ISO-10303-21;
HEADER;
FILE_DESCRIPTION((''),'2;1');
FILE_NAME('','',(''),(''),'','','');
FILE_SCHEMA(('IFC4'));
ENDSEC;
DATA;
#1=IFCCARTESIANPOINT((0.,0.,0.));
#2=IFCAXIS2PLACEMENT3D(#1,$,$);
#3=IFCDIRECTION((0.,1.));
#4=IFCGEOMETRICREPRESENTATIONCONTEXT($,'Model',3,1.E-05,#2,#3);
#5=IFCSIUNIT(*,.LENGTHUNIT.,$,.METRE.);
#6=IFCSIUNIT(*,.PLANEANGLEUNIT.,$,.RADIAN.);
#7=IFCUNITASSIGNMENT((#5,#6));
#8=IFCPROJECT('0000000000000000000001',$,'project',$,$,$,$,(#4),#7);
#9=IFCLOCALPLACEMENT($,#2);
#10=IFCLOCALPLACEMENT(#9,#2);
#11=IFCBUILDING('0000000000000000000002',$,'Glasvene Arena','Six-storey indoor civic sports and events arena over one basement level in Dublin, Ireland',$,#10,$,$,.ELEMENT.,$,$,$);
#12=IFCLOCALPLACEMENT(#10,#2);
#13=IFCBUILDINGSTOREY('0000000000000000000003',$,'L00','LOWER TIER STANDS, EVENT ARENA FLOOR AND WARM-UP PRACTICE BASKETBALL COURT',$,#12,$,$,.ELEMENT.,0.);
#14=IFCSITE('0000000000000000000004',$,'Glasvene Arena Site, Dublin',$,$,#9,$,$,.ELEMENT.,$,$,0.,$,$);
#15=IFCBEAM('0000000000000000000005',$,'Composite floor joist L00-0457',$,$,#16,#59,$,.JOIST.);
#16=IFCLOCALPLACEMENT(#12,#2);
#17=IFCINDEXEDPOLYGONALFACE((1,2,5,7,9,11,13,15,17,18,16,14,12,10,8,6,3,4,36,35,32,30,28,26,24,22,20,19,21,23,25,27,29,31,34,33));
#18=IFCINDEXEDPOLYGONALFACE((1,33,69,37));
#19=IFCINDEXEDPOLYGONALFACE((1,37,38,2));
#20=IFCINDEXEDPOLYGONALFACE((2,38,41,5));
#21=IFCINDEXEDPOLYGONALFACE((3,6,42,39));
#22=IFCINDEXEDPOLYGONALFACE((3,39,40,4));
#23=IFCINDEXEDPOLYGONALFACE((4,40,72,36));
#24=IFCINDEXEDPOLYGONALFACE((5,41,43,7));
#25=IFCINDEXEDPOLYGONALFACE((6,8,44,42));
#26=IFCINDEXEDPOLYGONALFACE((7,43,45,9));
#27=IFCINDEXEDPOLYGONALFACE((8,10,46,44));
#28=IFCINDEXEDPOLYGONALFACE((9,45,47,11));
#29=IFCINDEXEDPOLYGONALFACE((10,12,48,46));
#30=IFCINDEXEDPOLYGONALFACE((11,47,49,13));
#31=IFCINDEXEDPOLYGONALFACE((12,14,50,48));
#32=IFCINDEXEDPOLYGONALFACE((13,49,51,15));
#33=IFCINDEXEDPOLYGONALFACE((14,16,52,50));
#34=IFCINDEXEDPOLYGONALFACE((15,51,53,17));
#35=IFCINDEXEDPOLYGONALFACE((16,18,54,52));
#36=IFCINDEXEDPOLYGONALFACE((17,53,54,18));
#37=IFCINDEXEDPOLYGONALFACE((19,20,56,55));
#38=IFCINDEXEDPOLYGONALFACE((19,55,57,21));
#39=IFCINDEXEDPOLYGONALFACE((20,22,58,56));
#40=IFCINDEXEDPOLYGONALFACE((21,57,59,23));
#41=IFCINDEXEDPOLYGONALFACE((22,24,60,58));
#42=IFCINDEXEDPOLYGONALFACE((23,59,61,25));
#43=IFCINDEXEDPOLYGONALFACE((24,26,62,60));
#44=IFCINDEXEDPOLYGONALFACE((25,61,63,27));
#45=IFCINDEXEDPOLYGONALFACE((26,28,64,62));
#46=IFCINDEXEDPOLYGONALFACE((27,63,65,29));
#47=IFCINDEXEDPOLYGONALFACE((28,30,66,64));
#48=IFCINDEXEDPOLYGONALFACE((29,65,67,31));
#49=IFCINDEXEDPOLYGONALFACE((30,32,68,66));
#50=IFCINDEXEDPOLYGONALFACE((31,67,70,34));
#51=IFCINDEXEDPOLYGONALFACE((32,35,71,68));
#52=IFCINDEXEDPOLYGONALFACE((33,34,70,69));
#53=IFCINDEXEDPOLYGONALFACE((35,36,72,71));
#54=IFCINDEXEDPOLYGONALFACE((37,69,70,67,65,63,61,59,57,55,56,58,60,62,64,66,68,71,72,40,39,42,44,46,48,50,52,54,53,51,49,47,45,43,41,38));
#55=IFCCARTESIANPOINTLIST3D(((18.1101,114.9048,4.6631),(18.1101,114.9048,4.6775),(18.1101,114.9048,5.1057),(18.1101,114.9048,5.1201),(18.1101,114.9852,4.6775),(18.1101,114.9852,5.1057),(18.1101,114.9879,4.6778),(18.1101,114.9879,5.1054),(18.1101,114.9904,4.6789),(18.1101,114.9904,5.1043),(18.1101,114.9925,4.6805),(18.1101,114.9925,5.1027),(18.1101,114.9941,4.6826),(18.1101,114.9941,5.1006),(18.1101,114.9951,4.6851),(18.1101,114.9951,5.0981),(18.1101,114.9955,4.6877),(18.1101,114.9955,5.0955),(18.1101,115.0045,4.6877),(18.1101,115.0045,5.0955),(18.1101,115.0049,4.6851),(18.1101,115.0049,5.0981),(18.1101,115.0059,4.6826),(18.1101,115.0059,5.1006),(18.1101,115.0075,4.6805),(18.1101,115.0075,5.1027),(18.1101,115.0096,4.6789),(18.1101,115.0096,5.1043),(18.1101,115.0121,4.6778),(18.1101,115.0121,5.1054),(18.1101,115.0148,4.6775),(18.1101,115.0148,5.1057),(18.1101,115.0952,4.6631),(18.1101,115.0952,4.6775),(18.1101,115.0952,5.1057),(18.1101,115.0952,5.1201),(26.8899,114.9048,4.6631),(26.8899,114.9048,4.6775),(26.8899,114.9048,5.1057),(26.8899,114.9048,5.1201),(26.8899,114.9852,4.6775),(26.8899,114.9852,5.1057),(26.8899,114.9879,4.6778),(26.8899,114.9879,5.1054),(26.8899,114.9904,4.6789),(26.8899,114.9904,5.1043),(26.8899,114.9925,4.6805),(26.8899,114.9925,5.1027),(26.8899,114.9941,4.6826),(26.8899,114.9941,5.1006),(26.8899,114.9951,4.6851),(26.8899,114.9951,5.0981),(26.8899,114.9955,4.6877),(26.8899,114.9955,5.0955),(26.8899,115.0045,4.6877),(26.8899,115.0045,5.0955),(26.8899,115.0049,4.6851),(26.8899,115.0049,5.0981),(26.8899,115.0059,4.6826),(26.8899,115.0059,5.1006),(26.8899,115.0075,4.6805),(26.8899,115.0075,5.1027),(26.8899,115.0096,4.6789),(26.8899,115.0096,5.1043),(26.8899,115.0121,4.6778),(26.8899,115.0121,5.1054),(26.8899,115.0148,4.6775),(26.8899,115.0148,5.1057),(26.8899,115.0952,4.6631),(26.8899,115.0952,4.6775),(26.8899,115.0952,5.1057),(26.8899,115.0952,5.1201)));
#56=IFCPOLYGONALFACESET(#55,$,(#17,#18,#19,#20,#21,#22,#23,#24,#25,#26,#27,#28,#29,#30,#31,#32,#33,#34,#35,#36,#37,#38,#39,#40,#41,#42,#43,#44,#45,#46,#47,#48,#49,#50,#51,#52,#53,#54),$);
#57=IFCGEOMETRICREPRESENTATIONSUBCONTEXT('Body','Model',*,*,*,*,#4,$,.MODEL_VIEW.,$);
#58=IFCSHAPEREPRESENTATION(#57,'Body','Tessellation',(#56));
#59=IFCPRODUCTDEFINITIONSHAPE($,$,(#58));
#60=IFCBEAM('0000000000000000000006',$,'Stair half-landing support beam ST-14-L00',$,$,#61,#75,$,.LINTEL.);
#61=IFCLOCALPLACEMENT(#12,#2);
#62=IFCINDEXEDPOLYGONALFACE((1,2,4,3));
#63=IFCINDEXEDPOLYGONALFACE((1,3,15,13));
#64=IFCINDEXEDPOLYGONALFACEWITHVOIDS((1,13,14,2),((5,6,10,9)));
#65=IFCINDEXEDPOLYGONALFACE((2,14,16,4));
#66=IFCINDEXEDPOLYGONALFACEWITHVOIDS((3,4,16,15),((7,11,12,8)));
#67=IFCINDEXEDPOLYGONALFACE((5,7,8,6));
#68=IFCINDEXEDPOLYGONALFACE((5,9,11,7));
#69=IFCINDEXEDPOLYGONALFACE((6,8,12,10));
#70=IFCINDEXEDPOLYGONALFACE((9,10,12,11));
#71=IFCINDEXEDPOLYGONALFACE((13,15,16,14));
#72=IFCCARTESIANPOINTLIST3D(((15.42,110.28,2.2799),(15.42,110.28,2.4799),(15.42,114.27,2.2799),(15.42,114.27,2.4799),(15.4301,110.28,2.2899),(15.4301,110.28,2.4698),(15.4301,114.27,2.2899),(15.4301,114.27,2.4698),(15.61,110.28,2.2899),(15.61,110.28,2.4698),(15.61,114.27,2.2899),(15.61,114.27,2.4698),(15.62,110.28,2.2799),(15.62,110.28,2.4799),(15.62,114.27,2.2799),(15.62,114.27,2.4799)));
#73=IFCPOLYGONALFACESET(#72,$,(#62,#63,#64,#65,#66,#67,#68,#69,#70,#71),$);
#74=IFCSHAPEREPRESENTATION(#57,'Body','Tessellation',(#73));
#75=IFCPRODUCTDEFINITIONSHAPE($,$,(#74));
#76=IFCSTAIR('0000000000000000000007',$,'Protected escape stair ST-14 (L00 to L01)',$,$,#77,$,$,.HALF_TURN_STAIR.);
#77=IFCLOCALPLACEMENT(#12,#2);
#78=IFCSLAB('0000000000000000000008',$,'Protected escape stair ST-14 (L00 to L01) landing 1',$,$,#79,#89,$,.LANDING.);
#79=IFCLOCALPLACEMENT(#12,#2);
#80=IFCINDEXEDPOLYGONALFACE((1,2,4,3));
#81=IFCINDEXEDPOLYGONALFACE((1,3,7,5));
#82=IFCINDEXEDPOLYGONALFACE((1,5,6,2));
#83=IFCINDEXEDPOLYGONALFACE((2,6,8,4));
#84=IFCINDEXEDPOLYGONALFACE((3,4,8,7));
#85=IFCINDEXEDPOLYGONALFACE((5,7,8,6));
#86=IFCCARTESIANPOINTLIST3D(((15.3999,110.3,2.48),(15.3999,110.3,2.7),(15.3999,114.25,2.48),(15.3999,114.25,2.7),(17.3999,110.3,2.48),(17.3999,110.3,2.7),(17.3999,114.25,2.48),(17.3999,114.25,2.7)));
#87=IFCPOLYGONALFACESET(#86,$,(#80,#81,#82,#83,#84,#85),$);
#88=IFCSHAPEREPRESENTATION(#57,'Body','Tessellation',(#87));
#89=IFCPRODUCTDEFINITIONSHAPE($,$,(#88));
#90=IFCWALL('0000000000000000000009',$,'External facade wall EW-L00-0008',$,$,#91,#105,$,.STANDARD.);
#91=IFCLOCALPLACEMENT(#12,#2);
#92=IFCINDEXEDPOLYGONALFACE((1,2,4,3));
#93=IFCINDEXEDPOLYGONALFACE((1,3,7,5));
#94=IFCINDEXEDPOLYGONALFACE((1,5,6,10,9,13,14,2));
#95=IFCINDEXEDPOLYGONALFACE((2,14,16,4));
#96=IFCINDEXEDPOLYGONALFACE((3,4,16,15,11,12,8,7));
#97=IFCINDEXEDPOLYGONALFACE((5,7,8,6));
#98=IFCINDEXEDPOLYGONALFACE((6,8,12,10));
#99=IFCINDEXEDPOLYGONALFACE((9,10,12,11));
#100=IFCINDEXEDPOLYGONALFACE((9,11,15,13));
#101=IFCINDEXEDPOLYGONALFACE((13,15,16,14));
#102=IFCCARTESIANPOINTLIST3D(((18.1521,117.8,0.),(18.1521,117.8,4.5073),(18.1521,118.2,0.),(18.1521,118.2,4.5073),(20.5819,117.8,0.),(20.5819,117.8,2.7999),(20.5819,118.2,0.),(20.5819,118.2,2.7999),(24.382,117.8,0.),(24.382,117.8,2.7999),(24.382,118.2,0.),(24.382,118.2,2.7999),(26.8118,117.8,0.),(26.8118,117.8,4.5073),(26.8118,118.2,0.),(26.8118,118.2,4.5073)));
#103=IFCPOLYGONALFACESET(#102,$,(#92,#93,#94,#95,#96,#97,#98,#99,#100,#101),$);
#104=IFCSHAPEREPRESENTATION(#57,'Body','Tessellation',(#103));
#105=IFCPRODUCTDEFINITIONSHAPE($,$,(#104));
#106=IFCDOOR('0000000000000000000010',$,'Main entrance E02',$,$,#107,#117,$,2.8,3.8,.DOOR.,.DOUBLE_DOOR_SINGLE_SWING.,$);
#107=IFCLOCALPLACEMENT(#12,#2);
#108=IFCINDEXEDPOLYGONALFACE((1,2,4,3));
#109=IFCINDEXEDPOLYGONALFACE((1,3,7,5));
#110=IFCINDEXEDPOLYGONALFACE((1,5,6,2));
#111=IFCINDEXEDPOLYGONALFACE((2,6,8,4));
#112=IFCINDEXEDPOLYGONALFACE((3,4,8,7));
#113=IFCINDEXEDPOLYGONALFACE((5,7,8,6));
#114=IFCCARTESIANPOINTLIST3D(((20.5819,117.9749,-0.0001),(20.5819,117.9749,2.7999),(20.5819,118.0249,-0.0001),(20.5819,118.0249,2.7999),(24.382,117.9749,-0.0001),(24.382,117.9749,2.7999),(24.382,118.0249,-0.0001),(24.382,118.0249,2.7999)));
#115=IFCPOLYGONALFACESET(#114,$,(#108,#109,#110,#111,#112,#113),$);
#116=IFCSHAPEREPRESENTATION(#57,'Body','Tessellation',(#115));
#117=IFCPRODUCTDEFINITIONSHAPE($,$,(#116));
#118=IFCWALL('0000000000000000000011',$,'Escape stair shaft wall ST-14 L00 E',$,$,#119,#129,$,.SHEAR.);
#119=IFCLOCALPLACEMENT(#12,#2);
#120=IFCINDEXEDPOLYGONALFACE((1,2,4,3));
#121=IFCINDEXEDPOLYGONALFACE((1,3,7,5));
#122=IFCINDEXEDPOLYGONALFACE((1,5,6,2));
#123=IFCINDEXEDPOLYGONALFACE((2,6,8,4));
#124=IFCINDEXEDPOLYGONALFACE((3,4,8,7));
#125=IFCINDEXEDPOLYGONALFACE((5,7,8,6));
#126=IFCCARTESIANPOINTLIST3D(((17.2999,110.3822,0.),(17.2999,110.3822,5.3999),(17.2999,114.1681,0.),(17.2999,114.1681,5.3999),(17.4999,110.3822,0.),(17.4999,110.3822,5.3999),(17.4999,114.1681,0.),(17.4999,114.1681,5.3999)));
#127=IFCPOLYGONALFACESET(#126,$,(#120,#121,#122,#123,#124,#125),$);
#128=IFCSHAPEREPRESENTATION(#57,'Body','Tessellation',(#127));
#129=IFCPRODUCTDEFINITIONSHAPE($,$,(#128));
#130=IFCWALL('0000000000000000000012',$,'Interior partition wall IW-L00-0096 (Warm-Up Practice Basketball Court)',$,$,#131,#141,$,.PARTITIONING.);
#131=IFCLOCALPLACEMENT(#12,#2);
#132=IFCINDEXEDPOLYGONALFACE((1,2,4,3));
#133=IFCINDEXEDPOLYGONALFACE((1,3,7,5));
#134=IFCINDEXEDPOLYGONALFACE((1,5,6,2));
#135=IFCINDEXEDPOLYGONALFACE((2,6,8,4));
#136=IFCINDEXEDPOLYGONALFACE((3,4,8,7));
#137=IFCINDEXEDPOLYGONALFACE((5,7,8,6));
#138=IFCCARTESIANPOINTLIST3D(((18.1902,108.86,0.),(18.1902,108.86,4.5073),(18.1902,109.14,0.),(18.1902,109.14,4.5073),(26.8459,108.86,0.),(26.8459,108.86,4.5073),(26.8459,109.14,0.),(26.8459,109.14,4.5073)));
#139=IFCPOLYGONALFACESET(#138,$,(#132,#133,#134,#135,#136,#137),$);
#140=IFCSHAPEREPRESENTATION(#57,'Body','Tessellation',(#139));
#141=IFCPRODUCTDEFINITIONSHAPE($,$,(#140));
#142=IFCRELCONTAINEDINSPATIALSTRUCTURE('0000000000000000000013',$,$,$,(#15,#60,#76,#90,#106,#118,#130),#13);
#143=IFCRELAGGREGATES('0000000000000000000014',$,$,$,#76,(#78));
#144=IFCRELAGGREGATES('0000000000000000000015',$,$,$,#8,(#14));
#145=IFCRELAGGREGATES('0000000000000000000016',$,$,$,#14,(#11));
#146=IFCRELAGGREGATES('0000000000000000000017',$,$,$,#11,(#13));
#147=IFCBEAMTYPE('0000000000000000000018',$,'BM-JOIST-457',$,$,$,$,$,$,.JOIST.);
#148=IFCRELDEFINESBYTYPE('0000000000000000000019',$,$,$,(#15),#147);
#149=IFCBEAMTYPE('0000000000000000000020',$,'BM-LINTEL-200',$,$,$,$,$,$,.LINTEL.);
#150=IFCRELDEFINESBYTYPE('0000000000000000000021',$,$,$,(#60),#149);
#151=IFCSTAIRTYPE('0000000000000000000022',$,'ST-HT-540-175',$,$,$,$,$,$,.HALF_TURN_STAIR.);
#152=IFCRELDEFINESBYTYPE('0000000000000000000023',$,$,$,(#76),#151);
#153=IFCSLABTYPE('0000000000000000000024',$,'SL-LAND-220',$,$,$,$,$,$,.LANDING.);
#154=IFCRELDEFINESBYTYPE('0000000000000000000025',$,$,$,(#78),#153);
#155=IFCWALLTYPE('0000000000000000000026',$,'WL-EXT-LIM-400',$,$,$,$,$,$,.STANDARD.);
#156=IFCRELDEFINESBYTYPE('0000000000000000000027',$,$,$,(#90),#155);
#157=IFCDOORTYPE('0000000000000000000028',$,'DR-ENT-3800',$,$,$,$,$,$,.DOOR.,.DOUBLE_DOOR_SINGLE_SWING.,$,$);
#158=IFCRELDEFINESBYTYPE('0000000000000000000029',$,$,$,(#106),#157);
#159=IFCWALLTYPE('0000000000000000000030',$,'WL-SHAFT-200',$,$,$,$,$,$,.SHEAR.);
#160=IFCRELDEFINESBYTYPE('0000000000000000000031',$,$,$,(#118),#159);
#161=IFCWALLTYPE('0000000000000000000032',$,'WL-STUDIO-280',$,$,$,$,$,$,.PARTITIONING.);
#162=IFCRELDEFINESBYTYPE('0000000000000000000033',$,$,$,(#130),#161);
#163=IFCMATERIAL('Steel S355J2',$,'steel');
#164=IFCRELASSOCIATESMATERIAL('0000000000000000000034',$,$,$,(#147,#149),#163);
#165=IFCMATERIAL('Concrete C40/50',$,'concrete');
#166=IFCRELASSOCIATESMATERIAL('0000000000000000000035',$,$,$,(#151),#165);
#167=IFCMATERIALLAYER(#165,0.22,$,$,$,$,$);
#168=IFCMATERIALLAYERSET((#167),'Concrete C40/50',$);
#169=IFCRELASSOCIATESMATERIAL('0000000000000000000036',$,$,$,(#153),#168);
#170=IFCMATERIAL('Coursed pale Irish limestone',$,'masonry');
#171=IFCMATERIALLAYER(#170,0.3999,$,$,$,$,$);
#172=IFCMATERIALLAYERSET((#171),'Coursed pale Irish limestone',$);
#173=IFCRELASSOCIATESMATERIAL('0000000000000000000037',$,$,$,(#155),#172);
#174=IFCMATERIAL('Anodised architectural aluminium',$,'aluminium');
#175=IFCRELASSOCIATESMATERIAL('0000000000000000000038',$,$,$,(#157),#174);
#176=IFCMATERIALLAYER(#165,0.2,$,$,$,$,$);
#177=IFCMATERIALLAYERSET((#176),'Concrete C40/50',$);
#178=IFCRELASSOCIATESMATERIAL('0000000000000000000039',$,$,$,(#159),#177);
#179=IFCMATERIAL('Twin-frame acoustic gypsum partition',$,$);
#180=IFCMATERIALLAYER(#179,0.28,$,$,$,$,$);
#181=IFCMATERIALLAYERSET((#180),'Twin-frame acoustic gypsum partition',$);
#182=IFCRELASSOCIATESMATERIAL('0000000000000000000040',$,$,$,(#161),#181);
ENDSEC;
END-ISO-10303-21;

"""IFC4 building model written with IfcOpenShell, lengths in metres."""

from ifc_helpers import new_model, si_unit, direction, frame, frame_2d, origin, origin_2d, place, context, subcontext, project, spatial, polyline, rectangle, hollow_rectangle, i_section, outline, extrude, material, layer, layer_set, material_profile, profile_set, type_object, element, fill, aggregate, save


model = new_model("IFC4")

# Units and contexts
model_context = context("Model", 3, precision=1e-05, world=origin(), true_north=direction((0.0, 1.0)))
body_context = subcontext(model_context, "Body", "Model", "MODEL_VIEW")
ifc_project = project(units=[si_unit("LENGTHUNIT", "METRE"), si_unit("PLANEANGLEUNIT", "RADIAN")], contexts=[model_context])

# Site, building, storey
site_placement = place(None, origin())
site = spatial("IfcSite", under=ifc_project, at=site_placement, Name="Glasvene Arena Site, Dublin", CompositionType="ELEMENT", RefElevation=0.0)
building_placement = place(site_placement, origin())
building = spatial("IfcBuilding", under=site, at=building_placement, Name="Glasvene Arena", Description="Six-storey indoor civic sports and events arena over one basement level in Dublin, Ireland", CompositionType="ELEMENT")
storey_placement = place(building_placement, origin())
storey = spatial("IfcBuildingStorey", under=building, at=storey_placement, Name="L00", Description="LOWER TIER STANDS, EVENT ARENA FLOOR AND WARM-UP PRACTICE BASKETBALL COURT", CompositionType="ELEMENT", Elevation=0.0)

# Shared definitions
ifc_material_1 = material(Name="Steel S355J2", Category="steel")

# Beams
ifc_material_profile_1 = material_profile(ifc_material_1, i_section(OverallWidth=0.1904, OverallDepth=0.457, WebThickness=0.009, FlangeThickness=0.0144, FilletRadius=0.0103, at=origin_2d()), Name="UKB 457x191x74")
ifc_profile_set_1 = profile_set([ifc_material_profile_1], Name="Steel S355J2")
beam_type_1 = type_object("IfcBeamType", Name="BM-JOIST-457", PredefinedType="JOIST", material=ifc_profile_set_1)
for number, where, z_axis, x_axis, name in (
    (1, (18.1101, 115.0, 4.8916), (1.0, 0.0, 0.0), (0.0, 1.0, 0.0), "Composite floor joist L00-0457"),
):
    element("IfcBeam", number, at=place(storey_placement, frame(where, z_axis=z_axis, x_axis=x_axis)), inside=storey, type_object=beam_type_1, Name=name, PredefinedType="JOIST", context=body_context, shape_type="SweptSolid", body=[
        extrude(i_section(OverallWidth=0.1904, OverallDepth=0.457, WebThickness=0.009, FlangeThickness=0.0144, FilletRadius=0.0103, at=origin_2d()), origin(), (0.0, 0.0, 1.0), 8.7798),
    ])
ifc_material_profile_2 = material_profile(ifc_material_1, hollow_rectangle(XDim=0.2, YDim=0.2, WallThickness=0.01, at=origin_2d()), Name="SHS 200x200x10.0")
ifc_profile_set_2 = profile_set([ifc_material_profile_2], Name="Steel S355J2")
beam_type_2 = type_object("IfcBeamType", Name="BM-LINTEL-200", PredefinedType="LINTEL", material=ifc_profile_set_2)
beam_placement = place(storey_placement, frame((15.52, 110.28, 2.3799), z_axis=(0.0, 1.0, 0.0), x_axis=(-1.0, 0.0, 0.0)))
element("IfcBeam", 2, at=beam_placement, inside=storey, type_object=beam_type_2, Name="Stair half-landing support beam ST-14-L00", PredefinedType="LINTEL", context=body_context, shape_type="SweptSolid", body=[
    extrude(hollow_rectangle(XDim=0.2, YDim=0.2, WallThickness=0.01, at=origin_2d()), origin(), (0.0, 0.0, 1.0), 3.99),
])

# Stair, slab
ifc_material_2 = material(Name="Concrete C40/50", Category="concrete")
stair_type = type_object("IfcStairType", Name="ST-HT-540-175", PredefinedType="HALF_TURN_STAIR", material=ifc_material_2)
stair_placement = place(storey_placement, origin())
stair = element("IfcStair", 3, at=stair_placement, inside=storey, type_object=stair_type, Name="Protected escape stair ST-14 (L00 to L01)", PredefinedType="HALF_TURN_STAIR")
ifc_layer_1 = layer(ifc_material_2, 0.22)
ifc_layer_set_1 = layer_set([ifc_layer_1], Name="Concrete C40/50")
slab_type = type_object("IfcSlabType", Name="SL-LAND-220", PredefinedType="LANDING", material=ifc_layer_set_1)
slab_placement = place(storey_placement, frame((16.3999, 112.2749, 2.48)))
slab = element("IfcSlab", 4, at=slab_placement, type_object=slab_type, Name="Protected escape stair ST-14 (L00 to L01) landing 1", PredefinedType="LANDING", context=body_context, shape_type="SweptSolid", body=[
    extrude(outline(polyline([(-1.0, -1.9749), (1.0, -1.9749), (1.0, 1.9751), (-1.0, 1.9751), (-1.0, -1.9749)])), origin(), (0.0, 0.0, 1.0), 0.22),
])

# Wall, opening, door
ifc_material_3 = material(Name="Coursed pale Irish limestone", Category="masonry")
ifc_layer_2 = layer(ifc_material_3, 0.3999)
ifc_layer_set_2 = layer_set([ifc_layer_2], Name="Coursed pale Irish limestone")
wall_type_1 = type_object("IfcWallType", Name="WL-EXT-LIM-400", PredefinedType="STANDARD", material=ifc_layer_set_2)
wall_1_placement = place(storey_placement, frame((18.1521, 118.0, 0.0), z_axis=(0.0, 0.0, 1.0), x_axis=(1.0, 0.0, 0.0)))
wall_1 = element("IfcWall", 5, at=wall_1_placement, inside=storey, type_object=wall_type_1, Name="External facade wall EW-L00-0008", PredefinedType="STANDARD", context=body_context, shape_type="SweptSolid", body=[
    extrude(rectangle(XDim=8.6597, YDim=0.3999, at=frame_2d((4.3298, 0.0))), origin(), (0.0, 0.0, 1.0), 4.5073),
])
opening_placement = place(wall_1_placement, frame((2.4299, 0.0, 0.0)))
opening = element("IfcOpeningElement", 6, at=opening_placement, cuts=wall_1, PredefinedType="OPENING", context=body_context, shape_type="SweptSolid", body=[
    extrude(rectangle(XDim=3.8, YDim=2.8, at=frame_2d((1.8999, 1.3999))), frame((0.0, 0.21, 0.0), z_axis=(0.0, -1.0, 0.0), x_axis=(1.0, 0.0, 0.0)), (0.0, 0.0, 1.0), 0.4199),
])
ifc_material_4 = material(Name="Anodised architectural aluminium", Category="aluminium")
door_type = type_object("IfcDoorType", Name="DR-ENT-3800", OperationType="DOUBLE_DOOR_SINGLE_SWING", PredefinedType="DOOR", material=ifc_material_4)
door_placement = place(opening_placement, origin())
door = element("IfcDoor", 7, at=door_placement, inside=storey, type_object=door_type, Name="Main entrance E02", OperationType="DOUBLE_DOOR_SINGLE_SWING", OverallHeight=2.8, OverallWidth=3.8, PredefinedType="DOOR", context=body_context, shape_type="SweptSolid", body=[
    extrude(rectangle(XDim=3.8, YDim=2.8, at=frame_2d((1.8999, 1.3999))), frame((0.0, 0.0249, 0.0), z_axis=(0.0, -1.0, 0.0), x_axis=(1.0, 0.0, 0.0)), (0.0, 0.0, 1.0), 0.05),
])
fill(opening, door)

# Walls
ifc_layer_3 = layer(ifc_material_2, 0.2)
ifc_layer_set_3 = layer_set([ifc_layer_3], Name="Concrete C40/50")
wall_type_2 = type_object("IfcWallType", Name="WL-SHAFT-200", PredefinedType="SHEAR", material=ifc_layer_set_3)
wall_2_placement = place(storey_placement, frame((17.3999, 110.3821, 0.0), z_axis=(0.0, 0.0, 1.0), x_axis=(0.0, 1.0, 0.0)))
element("IfcWall", 8, at=wall_2_placement, inside=storey, type_object=wall_type_2, Name="Escape stair shaft wall ST-14 L00 E", PredefinedType="SHEAR", context=body_context, shape_type="SweptSolid", body=[
    extrude(rectangle(XDim=3.7859, YDim=0.2, at=frame_2d((1.8931, 0.0))), origin(), (0.0, 0.0, 1.0), 5.3999),
])
ifc_material_5 = material(Name="Twin-frame acoustic gypsum partition")
ifc_layer_4 = layer(ifc_material_5, 0.28)
ifc_layer_set_4 = layer_set([ifc_layer_4], Name="Twin-frame acoustic gypsum partition")
wall_type_3 = type_object("IfcWallType", Name="WL-STUDIO-280", PredefinedType="PARTITIONING", material=ifc_layer_set_4)
wall_3_placement = place(storey_placement, frame((18.1902, 109.0, 0.0), z_axis=(0.0, 0.0, 1.0), x_axis=(1.0, 0.0, 0.0)))
element("IfcWall", 9, at=wall_3_placement, inside=storey, type_object=wall_type_3, Name="Interior partition wall IW-L00-0096 (Warm-Up Practice Basketball Court)", PredefinedType="PARTITIONING", context=body_context, shape_type="SweptSolid", body=[
    extrude(rectangle(XDim=8.6558, YDim=0.28, at=frame_2d((4.3279, 0.0))), origin(), (0.0, 0.0, 1.0), 4.5073),
])

aggregate(stair, [slab])

save(model, "model.ifc")
